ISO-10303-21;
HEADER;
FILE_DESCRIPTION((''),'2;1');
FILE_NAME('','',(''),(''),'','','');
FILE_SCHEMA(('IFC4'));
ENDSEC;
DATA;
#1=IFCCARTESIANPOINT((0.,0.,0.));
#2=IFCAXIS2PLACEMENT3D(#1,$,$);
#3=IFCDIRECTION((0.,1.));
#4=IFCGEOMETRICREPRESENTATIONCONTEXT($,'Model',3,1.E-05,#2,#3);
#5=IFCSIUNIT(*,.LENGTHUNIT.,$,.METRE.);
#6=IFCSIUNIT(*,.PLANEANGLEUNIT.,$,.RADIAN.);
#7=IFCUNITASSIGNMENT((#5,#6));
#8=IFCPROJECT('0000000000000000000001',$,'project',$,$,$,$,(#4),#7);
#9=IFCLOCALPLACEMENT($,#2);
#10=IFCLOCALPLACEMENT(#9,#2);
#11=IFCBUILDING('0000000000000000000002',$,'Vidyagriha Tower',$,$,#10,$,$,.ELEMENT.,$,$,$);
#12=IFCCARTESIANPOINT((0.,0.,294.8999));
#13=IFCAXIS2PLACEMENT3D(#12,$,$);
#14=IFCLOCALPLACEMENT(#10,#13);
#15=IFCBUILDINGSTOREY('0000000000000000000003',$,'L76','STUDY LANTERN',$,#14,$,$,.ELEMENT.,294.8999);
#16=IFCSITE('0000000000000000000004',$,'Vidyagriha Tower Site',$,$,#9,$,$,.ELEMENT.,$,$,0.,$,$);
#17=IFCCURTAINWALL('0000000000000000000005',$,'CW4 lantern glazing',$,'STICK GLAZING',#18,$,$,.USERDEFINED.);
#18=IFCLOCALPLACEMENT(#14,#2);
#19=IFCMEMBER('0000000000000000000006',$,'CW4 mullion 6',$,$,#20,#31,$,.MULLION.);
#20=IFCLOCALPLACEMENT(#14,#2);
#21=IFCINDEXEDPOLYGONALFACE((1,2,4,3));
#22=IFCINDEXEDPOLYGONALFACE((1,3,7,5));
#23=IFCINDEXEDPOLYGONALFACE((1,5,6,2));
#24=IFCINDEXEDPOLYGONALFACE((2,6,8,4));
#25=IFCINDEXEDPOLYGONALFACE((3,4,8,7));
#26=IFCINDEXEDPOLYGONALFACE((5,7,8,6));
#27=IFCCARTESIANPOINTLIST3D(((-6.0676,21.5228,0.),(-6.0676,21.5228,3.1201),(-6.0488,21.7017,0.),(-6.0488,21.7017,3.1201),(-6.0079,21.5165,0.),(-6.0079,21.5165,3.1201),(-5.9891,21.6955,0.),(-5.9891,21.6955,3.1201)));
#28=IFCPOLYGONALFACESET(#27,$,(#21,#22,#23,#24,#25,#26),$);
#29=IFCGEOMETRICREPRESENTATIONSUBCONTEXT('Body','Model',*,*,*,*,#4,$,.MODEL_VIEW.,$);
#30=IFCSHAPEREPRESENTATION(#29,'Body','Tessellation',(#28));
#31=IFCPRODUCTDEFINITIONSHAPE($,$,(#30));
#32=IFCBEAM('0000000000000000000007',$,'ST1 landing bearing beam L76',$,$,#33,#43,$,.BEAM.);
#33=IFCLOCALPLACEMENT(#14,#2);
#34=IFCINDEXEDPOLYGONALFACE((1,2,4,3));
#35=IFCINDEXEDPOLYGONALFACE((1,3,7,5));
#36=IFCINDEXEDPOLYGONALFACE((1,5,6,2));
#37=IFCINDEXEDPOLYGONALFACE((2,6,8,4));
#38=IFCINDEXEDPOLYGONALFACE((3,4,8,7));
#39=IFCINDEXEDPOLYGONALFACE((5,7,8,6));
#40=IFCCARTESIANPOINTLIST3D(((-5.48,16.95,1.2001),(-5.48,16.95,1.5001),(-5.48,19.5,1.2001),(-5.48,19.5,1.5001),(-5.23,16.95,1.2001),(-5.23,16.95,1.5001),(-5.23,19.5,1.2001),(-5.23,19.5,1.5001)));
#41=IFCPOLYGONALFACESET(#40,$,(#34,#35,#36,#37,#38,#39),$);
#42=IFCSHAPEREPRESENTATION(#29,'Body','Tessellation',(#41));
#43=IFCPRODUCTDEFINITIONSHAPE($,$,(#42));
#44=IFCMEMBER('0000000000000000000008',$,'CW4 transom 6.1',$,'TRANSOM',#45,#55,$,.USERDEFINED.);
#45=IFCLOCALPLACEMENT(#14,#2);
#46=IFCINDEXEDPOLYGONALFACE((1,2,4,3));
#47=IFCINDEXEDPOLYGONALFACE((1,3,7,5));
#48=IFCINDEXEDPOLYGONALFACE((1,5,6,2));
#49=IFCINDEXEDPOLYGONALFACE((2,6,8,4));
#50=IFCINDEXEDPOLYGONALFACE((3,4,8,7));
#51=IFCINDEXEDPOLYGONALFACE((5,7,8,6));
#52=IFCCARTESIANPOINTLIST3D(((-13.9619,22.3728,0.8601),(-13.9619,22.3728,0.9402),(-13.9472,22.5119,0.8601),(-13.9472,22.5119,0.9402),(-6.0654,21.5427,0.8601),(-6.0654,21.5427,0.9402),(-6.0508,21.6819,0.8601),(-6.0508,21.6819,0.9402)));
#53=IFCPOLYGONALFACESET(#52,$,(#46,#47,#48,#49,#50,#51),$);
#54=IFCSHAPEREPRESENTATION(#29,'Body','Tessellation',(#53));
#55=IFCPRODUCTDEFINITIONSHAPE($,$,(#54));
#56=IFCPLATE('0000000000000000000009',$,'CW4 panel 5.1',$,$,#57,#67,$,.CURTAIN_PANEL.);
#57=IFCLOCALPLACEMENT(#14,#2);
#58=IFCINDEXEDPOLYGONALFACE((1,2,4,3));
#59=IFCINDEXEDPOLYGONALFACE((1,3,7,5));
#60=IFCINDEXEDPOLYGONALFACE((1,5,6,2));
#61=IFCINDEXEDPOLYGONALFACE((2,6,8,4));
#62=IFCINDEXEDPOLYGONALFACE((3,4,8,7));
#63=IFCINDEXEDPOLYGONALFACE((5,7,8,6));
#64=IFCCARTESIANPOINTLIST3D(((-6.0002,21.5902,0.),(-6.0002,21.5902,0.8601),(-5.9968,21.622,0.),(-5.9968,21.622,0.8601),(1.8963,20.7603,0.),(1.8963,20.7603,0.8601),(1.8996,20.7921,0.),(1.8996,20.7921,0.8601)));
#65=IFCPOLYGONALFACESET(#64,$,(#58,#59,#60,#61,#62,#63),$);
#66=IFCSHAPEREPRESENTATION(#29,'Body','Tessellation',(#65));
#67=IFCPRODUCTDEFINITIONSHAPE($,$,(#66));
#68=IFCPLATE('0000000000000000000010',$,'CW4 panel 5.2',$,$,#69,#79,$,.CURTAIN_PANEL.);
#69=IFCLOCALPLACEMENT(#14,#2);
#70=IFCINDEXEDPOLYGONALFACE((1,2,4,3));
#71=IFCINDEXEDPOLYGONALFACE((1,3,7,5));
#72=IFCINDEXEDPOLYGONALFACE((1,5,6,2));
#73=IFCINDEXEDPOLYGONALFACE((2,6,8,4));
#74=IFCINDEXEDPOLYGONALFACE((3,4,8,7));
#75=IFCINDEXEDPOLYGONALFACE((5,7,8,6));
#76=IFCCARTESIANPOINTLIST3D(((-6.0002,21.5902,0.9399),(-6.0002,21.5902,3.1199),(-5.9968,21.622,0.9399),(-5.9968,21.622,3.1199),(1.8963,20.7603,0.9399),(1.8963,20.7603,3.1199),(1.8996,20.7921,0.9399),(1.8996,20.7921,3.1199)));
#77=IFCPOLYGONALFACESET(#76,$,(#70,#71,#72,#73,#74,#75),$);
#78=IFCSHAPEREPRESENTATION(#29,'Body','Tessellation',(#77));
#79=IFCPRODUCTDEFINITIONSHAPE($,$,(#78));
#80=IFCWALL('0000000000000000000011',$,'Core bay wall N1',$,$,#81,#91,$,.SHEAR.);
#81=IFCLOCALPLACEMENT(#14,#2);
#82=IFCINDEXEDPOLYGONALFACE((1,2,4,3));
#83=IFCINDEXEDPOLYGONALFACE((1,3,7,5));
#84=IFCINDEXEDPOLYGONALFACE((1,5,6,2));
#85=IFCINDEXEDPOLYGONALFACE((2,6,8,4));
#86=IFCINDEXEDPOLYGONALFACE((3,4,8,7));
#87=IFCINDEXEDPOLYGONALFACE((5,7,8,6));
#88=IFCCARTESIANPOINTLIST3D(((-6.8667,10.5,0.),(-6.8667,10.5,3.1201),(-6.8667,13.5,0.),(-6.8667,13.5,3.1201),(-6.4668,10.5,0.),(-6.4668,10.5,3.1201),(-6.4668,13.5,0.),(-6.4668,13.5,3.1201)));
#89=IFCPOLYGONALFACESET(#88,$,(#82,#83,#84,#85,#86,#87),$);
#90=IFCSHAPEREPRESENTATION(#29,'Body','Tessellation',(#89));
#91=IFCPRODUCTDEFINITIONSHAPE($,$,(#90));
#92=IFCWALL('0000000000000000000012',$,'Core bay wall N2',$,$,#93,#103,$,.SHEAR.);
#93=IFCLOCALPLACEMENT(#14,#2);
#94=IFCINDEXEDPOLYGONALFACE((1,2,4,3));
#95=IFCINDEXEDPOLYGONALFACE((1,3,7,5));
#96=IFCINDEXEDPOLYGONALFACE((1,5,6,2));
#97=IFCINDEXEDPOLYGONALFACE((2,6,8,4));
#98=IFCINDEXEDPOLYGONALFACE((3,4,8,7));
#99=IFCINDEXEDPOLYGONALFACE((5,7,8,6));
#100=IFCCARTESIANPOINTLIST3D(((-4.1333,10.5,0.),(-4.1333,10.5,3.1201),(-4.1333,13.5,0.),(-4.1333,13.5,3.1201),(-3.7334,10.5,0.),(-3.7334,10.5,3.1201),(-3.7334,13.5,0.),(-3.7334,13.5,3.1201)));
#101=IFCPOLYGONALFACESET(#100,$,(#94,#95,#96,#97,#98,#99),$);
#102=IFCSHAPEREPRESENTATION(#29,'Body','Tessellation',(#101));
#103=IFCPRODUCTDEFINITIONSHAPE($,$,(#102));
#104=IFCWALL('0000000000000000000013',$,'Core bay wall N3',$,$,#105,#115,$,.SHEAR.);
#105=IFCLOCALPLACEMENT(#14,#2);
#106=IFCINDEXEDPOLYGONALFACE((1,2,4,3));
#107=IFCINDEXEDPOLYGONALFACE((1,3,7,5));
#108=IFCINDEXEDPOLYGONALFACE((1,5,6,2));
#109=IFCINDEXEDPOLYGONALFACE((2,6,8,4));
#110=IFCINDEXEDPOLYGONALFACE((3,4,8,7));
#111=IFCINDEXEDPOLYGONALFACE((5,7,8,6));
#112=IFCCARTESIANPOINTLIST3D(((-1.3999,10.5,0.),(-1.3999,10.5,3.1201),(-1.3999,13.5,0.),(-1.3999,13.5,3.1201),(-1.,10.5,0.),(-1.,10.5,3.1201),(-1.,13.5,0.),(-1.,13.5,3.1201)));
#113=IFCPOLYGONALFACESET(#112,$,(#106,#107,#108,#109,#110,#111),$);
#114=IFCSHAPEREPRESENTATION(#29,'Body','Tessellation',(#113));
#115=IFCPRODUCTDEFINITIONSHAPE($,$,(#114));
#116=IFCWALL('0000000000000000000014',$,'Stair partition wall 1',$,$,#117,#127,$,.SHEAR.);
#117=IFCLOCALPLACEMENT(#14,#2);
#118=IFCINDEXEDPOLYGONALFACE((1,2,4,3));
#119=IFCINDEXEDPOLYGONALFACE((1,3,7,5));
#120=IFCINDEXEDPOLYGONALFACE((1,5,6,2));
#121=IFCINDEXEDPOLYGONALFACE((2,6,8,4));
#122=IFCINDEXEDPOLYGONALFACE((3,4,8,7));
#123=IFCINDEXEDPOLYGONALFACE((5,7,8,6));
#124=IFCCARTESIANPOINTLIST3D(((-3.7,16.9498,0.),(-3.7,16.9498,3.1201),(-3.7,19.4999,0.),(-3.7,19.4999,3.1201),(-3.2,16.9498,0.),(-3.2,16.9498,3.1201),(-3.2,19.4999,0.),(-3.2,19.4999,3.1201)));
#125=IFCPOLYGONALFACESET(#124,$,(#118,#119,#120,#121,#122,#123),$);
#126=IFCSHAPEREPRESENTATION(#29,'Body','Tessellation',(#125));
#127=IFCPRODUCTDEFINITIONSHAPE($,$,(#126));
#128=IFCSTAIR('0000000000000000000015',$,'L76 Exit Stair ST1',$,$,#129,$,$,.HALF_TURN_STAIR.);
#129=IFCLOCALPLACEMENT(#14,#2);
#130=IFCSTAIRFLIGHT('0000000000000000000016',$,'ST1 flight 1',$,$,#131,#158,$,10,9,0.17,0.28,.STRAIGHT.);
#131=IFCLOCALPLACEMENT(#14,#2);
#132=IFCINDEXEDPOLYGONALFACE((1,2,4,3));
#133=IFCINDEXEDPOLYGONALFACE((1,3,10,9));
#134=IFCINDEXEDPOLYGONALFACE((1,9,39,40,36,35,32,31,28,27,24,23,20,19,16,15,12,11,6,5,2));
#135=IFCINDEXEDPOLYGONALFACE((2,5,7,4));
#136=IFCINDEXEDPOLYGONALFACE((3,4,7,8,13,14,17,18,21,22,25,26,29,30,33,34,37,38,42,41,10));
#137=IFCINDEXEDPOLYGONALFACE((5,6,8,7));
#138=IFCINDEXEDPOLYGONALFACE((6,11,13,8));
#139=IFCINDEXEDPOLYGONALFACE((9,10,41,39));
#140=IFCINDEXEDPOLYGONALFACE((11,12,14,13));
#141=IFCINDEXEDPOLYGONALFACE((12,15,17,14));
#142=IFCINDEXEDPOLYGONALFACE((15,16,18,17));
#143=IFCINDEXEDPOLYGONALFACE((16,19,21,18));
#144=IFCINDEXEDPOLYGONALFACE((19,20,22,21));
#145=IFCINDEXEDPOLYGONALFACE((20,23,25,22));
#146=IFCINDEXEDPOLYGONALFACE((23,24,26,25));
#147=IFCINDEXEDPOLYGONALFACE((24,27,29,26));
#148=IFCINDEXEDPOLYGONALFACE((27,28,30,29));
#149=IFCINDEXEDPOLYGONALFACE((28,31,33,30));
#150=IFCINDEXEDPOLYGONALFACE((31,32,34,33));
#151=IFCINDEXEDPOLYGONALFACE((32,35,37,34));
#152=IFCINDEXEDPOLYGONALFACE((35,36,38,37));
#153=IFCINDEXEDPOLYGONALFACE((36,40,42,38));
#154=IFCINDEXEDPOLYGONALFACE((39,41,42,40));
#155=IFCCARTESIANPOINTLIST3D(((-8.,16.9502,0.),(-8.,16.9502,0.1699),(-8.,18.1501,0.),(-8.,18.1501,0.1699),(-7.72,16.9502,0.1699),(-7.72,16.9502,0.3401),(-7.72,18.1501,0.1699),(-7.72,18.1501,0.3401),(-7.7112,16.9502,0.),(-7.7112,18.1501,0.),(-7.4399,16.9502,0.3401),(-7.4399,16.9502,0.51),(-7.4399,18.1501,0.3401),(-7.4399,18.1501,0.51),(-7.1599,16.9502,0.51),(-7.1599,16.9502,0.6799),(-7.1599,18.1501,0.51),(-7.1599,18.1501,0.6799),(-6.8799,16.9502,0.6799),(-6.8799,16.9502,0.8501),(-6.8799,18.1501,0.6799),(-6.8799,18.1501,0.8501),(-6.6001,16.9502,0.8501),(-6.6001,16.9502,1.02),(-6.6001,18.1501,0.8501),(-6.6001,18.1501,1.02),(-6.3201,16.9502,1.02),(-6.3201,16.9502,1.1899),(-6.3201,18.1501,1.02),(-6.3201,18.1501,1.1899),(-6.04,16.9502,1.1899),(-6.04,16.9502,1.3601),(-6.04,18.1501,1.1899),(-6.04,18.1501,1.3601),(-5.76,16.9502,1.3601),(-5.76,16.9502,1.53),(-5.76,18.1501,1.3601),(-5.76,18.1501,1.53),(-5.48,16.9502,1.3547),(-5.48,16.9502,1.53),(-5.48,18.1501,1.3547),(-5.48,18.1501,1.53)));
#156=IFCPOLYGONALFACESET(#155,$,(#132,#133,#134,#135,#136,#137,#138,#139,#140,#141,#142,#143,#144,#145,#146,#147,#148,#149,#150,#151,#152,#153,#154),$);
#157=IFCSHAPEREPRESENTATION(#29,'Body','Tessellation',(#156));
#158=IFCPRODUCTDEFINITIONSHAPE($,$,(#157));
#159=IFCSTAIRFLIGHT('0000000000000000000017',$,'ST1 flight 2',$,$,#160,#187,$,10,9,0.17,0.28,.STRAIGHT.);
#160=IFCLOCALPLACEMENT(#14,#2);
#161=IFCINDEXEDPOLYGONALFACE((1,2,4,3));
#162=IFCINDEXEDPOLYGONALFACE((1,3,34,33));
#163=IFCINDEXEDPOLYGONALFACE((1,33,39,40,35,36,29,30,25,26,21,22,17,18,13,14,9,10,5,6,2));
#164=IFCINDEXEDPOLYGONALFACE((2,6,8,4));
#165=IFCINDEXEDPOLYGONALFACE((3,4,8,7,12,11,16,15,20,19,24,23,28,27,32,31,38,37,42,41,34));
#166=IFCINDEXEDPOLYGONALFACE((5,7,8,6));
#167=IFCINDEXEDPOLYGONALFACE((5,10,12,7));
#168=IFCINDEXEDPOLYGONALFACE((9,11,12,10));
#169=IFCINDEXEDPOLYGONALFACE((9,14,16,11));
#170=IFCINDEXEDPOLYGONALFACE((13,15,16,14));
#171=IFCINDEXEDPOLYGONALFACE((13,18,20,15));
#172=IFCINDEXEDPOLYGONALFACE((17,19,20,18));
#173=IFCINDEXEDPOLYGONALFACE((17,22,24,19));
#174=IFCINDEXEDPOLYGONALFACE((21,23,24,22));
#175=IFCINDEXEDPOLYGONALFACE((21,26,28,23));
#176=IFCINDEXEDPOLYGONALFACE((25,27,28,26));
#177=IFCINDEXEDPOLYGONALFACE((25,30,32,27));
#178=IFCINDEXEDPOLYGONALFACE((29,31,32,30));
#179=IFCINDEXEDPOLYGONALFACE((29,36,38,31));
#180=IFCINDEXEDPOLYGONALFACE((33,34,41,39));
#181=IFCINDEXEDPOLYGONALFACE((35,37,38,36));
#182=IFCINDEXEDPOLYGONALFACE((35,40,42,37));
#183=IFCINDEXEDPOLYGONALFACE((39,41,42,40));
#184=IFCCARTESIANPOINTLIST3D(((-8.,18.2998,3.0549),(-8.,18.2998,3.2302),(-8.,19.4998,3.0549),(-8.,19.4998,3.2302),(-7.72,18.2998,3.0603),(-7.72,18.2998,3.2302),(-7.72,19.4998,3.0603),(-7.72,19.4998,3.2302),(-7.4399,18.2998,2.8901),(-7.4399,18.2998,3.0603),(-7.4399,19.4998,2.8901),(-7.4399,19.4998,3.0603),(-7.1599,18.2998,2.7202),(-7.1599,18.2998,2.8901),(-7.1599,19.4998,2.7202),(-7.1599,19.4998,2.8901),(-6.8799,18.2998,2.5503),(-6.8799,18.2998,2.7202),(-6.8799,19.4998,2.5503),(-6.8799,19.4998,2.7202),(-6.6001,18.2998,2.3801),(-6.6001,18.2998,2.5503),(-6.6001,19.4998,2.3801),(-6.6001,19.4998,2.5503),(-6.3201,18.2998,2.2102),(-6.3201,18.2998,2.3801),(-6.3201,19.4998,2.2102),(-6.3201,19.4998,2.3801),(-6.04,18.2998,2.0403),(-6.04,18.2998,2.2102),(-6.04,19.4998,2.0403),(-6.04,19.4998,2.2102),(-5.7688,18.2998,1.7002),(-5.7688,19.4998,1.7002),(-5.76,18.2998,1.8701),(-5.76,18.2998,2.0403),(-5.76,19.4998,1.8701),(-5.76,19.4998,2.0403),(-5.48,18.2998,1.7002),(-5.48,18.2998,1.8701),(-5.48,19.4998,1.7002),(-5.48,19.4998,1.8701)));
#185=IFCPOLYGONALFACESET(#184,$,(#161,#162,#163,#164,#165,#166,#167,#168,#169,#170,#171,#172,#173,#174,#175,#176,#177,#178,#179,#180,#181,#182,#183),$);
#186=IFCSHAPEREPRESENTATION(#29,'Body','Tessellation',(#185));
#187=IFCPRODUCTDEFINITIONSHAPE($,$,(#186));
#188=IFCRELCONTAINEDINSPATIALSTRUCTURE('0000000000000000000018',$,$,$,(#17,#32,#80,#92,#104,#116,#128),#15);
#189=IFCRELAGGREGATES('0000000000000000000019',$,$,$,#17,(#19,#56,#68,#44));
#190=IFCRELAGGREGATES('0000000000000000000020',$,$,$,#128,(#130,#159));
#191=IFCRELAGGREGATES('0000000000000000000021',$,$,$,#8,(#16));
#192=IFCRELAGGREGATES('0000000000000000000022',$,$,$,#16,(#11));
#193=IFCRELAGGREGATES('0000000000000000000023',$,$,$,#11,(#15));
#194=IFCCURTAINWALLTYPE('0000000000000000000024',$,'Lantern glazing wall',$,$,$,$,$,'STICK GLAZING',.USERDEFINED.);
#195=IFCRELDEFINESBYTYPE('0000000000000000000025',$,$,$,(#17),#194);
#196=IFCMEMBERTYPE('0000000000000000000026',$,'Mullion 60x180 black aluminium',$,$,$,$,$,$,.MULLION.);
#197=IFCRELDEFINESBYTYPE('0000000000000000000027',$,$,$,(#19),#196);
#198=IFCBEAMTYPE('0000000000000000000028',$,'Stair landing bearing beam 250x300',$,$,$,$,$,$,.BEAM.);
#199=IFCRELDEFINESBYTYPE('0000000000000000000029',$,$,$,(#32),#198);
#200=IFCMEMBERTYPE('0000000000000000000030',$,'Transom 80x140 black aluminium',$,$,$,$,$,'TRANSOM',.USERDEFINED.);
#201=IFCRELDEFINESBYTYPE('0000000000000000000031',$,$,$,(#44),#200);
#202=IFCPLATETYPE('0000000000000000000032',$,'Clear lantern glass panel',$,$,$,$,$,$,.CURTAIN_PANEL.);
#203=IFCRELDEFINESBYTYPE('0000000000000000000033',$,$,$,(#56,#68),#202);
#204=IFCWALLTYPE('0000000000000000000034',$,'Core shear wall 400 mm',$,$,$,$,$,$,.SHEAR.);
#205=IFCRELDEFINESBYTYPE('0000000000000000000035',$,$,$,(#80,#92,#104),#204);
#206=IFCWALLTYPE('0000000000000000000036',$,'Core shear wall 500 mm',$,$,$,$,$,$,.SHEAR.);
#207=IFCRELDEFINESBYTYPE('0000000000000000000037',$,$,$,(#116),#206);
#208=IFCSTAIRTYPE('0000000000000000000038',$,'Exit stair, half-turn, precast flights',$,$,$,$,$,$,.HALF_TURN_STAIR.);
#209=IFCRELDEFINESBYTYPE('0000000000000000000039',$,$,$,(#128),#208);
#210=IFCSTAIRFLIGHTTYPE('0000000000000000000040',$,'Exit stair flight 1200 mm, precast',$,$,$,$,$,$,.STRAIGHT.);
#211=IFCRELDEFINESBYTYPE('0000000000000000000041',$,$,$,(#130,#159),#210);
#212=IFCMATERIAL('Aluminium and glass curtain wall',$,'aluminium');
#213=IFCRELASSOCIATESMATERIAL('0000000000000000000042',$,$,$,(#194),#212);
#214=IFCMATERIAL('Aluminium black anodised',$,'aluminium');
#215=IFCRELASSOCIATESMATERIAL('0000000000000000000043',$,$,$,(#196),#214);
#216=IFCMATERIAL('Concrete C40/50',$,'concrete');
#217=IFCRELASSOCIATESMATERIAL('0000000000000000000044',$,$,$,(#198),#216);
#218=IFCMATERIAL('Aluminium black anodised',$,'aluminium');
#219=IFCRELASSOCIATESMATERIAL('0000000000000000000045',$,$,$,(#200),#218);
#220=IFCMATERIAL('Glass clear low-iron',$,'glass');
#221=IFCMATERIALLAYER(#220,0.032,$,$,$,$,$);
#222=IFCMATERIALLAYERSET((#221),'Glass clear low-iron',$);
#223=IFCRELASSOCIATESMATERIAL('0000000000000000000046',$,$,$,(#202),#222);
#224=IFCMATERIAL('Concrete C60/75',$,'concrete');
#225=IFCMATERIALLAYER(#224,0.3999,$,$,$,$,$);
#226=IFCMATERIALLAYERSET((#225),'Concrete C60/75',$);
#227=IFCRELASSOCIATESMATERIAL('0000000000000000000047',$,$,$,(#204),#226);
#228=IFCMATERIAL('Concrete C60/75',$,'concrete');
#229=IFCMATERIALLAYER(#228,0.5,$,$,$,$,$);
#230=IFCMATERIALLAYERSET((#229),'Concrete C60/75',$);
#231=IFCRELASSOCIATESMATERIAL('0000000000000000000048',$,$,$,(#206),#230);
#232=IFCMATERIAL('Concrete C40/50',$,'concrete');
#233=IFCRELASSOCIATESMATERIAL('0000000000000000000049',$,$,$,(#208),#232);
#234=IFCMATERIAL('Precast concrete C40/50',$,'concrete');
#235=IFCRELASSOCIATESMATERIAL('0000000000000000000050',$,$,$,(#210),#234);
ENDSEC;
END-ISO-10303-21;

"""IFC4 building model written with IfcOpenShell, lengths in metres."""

from ifc_helpers import new_model, si_unit, direction, frame, frame_2d, origin, origin_2d, place, context, subcontext, project, spatial, polyline, rectangle, outline, extrude, material, layer, layer_set, material_profile, profile_set, type_object, element, aggregate, save


model = new_model("IFC4")

# Units and contexts
model_context = context("Model", 3, precision=1e-05, world=origin(), true_north=direction((0.0, 1.0)))
body_context = subcontext(model_context, "Body", "Model", "MODEL_VIEW")
ifc_project = project(units=[si_unit("LENGTHUNIT", "METRE"), si_unit("PLANEANGLEUNIT", "RADIAN")], contexts=[model_context])

# Site, building, storey
site_placement = place(None, origin())
site = spatial("IfcSite", under=ifc_project, at=site_placement, Name="Vidyagriha Tower Site", CompositionType="ELEMENT", RefElevation=0.0)
building_placement = place(site_placement, origin())
building = spatial("IfcBuilding", under=site, at=building_placement, Name="Vidyagriha Tower", CompositionType="ELEMENT")
storey_placement = place(building_placement, frame((0.0, 0.0, 294.8999)))
storey = spatial("IfcBuildingStorey", under=building, at=storey_placement, Name="L76", Description="STUDY LANTERN", CompositionType="ELEMENT", Elevation=294.8999)

# Curtain wall, member
ifc_material_1 = material(Name="Aluminium and glass curtain wall", Category="aluminium")
curtain_wall_type = type_object("IfcCurtainWallType", Name="Lantern glazing wall", ElementType="STICK GLAZING", PredefinedType="USERDEFINED", material=ifc_material_1)
curtain_wall_placement = place(storey_placement, origin())
curtain_wall = element("IfcCurtainWall", 1, at=curtain_wall_placement, inside=storey, type_object=curtain_wall_type, Name="CW4 lantern glazing", ObjectType="STICK GLAZING", PredefinedType="USERDEFINED")
ifc_material_2 = material(Name="Aluminium black anodised", Category="aluminium")
ifc_material_profile_1 = material_profile(ifc_material_2, rectangle(XDim=0.1799, YDim=0.0601, at=origin_2d()), Name="Mullion 60x180 black aluminium")
ifc_profile_set_1 = profile_set([ifc_material_profile_1], Name="Aluminium black anodised")
member_type_1 = type_object("IfcMemberType", Name="Mullion 60x180 black aluminium", PredefinedType="MULLION", material=ifc_profile_set_1)
member_1_placement = place(storey_placement, frame((-6.0283, 21.6091, 0.0), z_axis=(0.0, 0.0, 1.0), x_axis=(-0.104528, -0.994522, 0.0)))
member_1 = element("IfcMember", 2, at=member_1_placement, type_object=member_type_1, Name="CW4 mullion 6", PredefinedType="MULLION", context=body_context, shape_type="SweptSolid", body=[
    extrude(rectangle(XDim=0.1799, YDim=0.0601, at=origin_2d()), origin(), (0.0, 0.0, 1.0), 3.1201),
])

# Beam
ifc_material_3 = material(Name="Concrete C40/50", Category="concrete")
ifc_material_profile_2 = material_profile(ifc_material_3, rectangle(XDim=0.25, YDim=0.3, at=origin_2d()), Name="Stair landing bearing beam 250x300")
ifc_profile_set_2 = profile_set([ifc_material_profile_2], Name="Concrete C40/50")
beam_type = type_object("IfcBeamType", Name="Stair landing bearing beam 250x300", PredefinedType="BEAM", material=ifc_profile_set_2)
beam_placement = place(storey_placement, frame((-5.355, 16.95, 1.3501), z_axis=(0.0, 1.0, 0.0), x_axis=(-1.0, 0.0, 0.0)))
element("IfcBeam", 3, at=beam_placement, inside=storey, type_object=beam_type, Name="ST1 landing bearing beam L76", PredefinedType="BEAM", context=body_context, shape_type="SweptSolid", body=[
    extrude(rectangle(XDim=0.25, YDim=0.3, at=origin_2d()), origin(), (0.0, 0.0, 1.0), 2.55),
])

# Member
ifc_material_4 = material(Name="Aluminium black anodised", Category="aluminium")
ifc_material_profile_3 = material_profile(ifc_material_4, rectangle(XDim=0.1399, YDim=0.0801, at=origin_2d()), Name="Transom 80x140 black aluminium")
ifc_profile_set_3 = profile_set([ifc_material_profile_3], Name="Aluminium black anodised")
member_type_2 = type_object("IfcMemberType", Name="Transom 80x140 black aluminium", ElementType="TRANSOM", PredefinedType="USERDEFINED", material=ifc_profile_set_3)
member_2_placement = place(storey_placement, frame((-6.0581, 21.6123, 0.9001), z_axis=(-0.99452, 0.104544, 0.0), x_axis=(-0.104544, -0.99452, 0.0)))
member_2 = element("IfcMember", 4, at=member_2_placement, type_object=member_type_2, Name="CW4 transom 6.1", ObjectType="TRANSOM", PredefinedType="USERDEFINED", context=body_context, shape_type="SweptSolid", body=[
    extrude(rectangle(XDim=0.1399, YDim=0.0801, at=origin_2d()), origin(), (0.0, 0.0, 1.0), 7.9399),
])

# Plates
ifc_material_5 = material(Name="Glass clear low-iron", Category="glass")
ifc_layer_1 = layer(ifc_material_5, 0.032)
ifc_layer_set_1 = layer_set([ifc_layer_1], Name="Glass clear low-iron")
plate_type = type_object("IfcPlateType", Name="Clear lantern glass panel", PredefinedType="CURTAIN_PANEL", material=ifc_layer_set_1)
plate_1_placement = place(storey_placement, frame((-2.0503, 21.1912, 0.0), z_axis=(0.0, 0.0, 1.0), x_axis=(-0.994522, 0.104528, 0.0)))
plate_1 = element("IfcPlate", 5, at=plate_1_placement, type_object=plate_type, Name="CW4 panel 5.1", PredefinedType="CURTAIN_PANEL", context=body_context, shape_type="SweptSolid", body=[
    extrude(rectangle(XDim=7.9399, YDim=0.032, at=origin_2d()), origin(), (0.0, 0.0, 1.0), 0.8601),
])
plate_2_placement = place(storey_placement, frame((-2.0503, 21.1912, 0.9399), z_axis=(0.0, 0.0, 1.0), x_axis=(-0.994522, 0.104528, 0.0)))
plate_2 = element("IfcPlate", 6, at=plate_2_placement, type_object=plate_type, Name="CW4 panel 5.2", PredefinedType="CURTAIN_PANEL", context=body_context, shape_type="SweptSolid", body=[
    extrude(rectangle(XDim=7.9399, YDim=0.032, at=origin_2d()), origin(), (0.0, 0.0, 1.0), 2.1799),
])
aggregate(curtain_wall, [member_1, plate_1, plate_2, member_2])

# Walls
ifc_material_6 = material(Name="Concrete C60/75", Category="concrete")
ifc_layer_2 = layer(ifc_material_6, 0.3999)
ifc_layer_set_2 = layer_set([ifc_layer_2], Name="Concrete C60/75")
wall_type_1 = type_object("IfcWallType", Name="Core shear wall 400 mm", PredefinedType="SHEAR", material=ifc_layer_set_2)
for number, where, z_axis, x_axis, name in (
    (7, (-6.6667, 10.5, 0.0), (0.0, 0.0, 1.0), (0.0, 1.0, 0.0), "Core bay wall N1"),
    (8, (-3.9333, 10.5, 0.0), (0.0, 0.0, 1.0), (0.0, 1.0, 0.0), "Core bay wall N2"),
    (9, (-1.2, 10.5, 0.0), (0.0, 0.0, 1.0), (0.0, 1.0, 0.0), "Core bay wall N3"),
):
    element("IfcWall", number, at=place(storey_placement, frame(where, z_axis=z_axis, x_axis=x_axis)), inside=storey, type_object=wall_type_1, Name=name, PredefinedType="SHEAR", context=body_context, shape_type="SweptSolid", body=[
        extrude(rectangle(XDim=3.0, YDim=0.3999, at=frame_2d((1.5, 0.0))), origin(), (0.0, 0.0, 1.0), 3.1201),
    ])
ifc_material_7 = material(Name="Concrete C60/75", Category="concrete")
ifc_layer_3 = layer(ifc_material_7, 0.5)
ifc_layer_set_3 = layer_set([ifc_layer_3], Name="Concrete C60/75")
wall_type_2 = type_object("IfcWallType", Name="Core shear wall 500 mm", PredefinedType="SHEAR", material=ifc_layer_set_3)
wall_placement = place(storey_placement, frame((-3.45, 16.95, 0.0), z_axis=(0.0, 0.0, 1.0), x_axis=(0.0, 1.0, 0.0)))
element("IfcWall", 10, at=wall_placement, inside=storey, type_object=wall_type_2, Name="Stair partition wall 1", PredefinedType="SHEAR", context=body_context, shape_type="SweptSolid", body=[
    extrude(rectangle(XDim=2.55, YDim=0.5, at=frame_2d((1.2749, 0.0))), origin(), (0.0, 0.0, 1.0), 3.1201),
])

# Stair, stair flights
ifc_material_8 = material(Name="Concrete C40/50", Category="concrete")
stair_type = type_object("IfcStairType", Name="Exit stair, half-turn, precast flights", PredefinedType="HALF_TURN_STAIR", material=ifc_material_8)
stair_1_placement = place(storey_placement, origin())
stair_1 = element("IfcStair", 11, at=stair_1_placement, inside=storey, type_object=stair_type, Name="L76 Exit Stair ST1", PredefinedType="HALF_TURN_STAIR")
ifc_material_9 = material(Name="Precast concrete C40/50", Category="concrete")
stair_flight_type = type_object("IfcStairFlightType", Name="Exit stair flight 1200 mm, precast", PredefinedType="STRAIGHT", material=ifc_material_9)
stair_flight_1_placement = place(storey_placement, frame((-8.0, 17.55, 0.0)))
stair_flight_1 = element("IfcStairFlight", 12, at=stair_flight_1_placement, type_object=stair_flight_type, Name="ST1 flight 1", NumberOfRisers=10, NumberOfTreads=9, PredefinedType="STRAIGHT", RiserHeight=0.17, TreadLength=0.28, context=body_context, shape_type="SweptSolid", body=[
    extrude(outline(polyline([(0.0, 0.0), (0.0, 0.1699), (0.28, 0.1699), (0.28, 0.3401), (0.5601, 0.3401), (0.5601, 0.51), (0.8401, 0.51), (0.8401, 0.6799), (1.1201, 0.6799), (1.1201, 0.8501), (1.3999, 0.8501), (1.3999, 1.02), (1.6799, 1.02), (1.6799, 1.1899), (1.96, 1.1899), (1.96, 1.3601), (2.24, 1.3601), (2.24, 1.53), (2.52, 1.53), (2.52, 1.7), (2.52, 1.3547), (0.2888, 0.0), (0.0, 0.0)])), frame((0.0, 0.6001, 0.0), z_axis=(0.0, -1.0, 0.0), x_axis=(1.0, 0.0, 0.0)), (0.0, 0.0, 1.0), 1.2),
])
stair_flight_2_placement = place(storey_placement, frame((-5.48, 18.8999, 1.7002), z_axis=(0.0, 0.0, 1.0), x_axis=(-1.0, 0.0, 0.0)))
stair_flight_2 = element("IfcStairFlight", 13, at=stair_flight_2_placement, type_object=stair_flight_type, Name="ST1 flight 2", NumberOfRisers=10, NumberOfTreads=9, PredefinedType="STRAIGHT", RiserHeight=0.17, TreadLength=0.28, context=body_context, shape_type="SweptSolid", body=[
    extrude(outline(polyline([(0.0, 0.0), (0.0, 0.1699), (0.28, 0.1699), (0.28, 0.3401), (0.5601, 0.3401), (0.5601, 0.51), (0.8401, 0.51), (0.8401, 0.6799), (1.1201, 0.6799), (1.1201, 0.8501), (1.3999, 0.8501), (1.3999, 1.02), (1.6799, 1.02), (1.6799, 1.1899), (1.96, 1.1899), (1.96, 1.3601), (2.24, 1.3601), (2.24, 1.53), (2.52, 1.53), (2.52, 1.7), (2.52, 1.3547), (0.2888, 0.0), (0.0, 0.0)])), frame((0.0, 0.6001, 0.0), z_axis=(0.0, -1.0, 0.0), x_axis=(1.0, 0.0, 0.0)), (0.0, 0.0, 1.0), 1.2),
])
aggregate(stair_1, [stair_flight_1, stair_flight_2])

save(model, "model.ifc")
